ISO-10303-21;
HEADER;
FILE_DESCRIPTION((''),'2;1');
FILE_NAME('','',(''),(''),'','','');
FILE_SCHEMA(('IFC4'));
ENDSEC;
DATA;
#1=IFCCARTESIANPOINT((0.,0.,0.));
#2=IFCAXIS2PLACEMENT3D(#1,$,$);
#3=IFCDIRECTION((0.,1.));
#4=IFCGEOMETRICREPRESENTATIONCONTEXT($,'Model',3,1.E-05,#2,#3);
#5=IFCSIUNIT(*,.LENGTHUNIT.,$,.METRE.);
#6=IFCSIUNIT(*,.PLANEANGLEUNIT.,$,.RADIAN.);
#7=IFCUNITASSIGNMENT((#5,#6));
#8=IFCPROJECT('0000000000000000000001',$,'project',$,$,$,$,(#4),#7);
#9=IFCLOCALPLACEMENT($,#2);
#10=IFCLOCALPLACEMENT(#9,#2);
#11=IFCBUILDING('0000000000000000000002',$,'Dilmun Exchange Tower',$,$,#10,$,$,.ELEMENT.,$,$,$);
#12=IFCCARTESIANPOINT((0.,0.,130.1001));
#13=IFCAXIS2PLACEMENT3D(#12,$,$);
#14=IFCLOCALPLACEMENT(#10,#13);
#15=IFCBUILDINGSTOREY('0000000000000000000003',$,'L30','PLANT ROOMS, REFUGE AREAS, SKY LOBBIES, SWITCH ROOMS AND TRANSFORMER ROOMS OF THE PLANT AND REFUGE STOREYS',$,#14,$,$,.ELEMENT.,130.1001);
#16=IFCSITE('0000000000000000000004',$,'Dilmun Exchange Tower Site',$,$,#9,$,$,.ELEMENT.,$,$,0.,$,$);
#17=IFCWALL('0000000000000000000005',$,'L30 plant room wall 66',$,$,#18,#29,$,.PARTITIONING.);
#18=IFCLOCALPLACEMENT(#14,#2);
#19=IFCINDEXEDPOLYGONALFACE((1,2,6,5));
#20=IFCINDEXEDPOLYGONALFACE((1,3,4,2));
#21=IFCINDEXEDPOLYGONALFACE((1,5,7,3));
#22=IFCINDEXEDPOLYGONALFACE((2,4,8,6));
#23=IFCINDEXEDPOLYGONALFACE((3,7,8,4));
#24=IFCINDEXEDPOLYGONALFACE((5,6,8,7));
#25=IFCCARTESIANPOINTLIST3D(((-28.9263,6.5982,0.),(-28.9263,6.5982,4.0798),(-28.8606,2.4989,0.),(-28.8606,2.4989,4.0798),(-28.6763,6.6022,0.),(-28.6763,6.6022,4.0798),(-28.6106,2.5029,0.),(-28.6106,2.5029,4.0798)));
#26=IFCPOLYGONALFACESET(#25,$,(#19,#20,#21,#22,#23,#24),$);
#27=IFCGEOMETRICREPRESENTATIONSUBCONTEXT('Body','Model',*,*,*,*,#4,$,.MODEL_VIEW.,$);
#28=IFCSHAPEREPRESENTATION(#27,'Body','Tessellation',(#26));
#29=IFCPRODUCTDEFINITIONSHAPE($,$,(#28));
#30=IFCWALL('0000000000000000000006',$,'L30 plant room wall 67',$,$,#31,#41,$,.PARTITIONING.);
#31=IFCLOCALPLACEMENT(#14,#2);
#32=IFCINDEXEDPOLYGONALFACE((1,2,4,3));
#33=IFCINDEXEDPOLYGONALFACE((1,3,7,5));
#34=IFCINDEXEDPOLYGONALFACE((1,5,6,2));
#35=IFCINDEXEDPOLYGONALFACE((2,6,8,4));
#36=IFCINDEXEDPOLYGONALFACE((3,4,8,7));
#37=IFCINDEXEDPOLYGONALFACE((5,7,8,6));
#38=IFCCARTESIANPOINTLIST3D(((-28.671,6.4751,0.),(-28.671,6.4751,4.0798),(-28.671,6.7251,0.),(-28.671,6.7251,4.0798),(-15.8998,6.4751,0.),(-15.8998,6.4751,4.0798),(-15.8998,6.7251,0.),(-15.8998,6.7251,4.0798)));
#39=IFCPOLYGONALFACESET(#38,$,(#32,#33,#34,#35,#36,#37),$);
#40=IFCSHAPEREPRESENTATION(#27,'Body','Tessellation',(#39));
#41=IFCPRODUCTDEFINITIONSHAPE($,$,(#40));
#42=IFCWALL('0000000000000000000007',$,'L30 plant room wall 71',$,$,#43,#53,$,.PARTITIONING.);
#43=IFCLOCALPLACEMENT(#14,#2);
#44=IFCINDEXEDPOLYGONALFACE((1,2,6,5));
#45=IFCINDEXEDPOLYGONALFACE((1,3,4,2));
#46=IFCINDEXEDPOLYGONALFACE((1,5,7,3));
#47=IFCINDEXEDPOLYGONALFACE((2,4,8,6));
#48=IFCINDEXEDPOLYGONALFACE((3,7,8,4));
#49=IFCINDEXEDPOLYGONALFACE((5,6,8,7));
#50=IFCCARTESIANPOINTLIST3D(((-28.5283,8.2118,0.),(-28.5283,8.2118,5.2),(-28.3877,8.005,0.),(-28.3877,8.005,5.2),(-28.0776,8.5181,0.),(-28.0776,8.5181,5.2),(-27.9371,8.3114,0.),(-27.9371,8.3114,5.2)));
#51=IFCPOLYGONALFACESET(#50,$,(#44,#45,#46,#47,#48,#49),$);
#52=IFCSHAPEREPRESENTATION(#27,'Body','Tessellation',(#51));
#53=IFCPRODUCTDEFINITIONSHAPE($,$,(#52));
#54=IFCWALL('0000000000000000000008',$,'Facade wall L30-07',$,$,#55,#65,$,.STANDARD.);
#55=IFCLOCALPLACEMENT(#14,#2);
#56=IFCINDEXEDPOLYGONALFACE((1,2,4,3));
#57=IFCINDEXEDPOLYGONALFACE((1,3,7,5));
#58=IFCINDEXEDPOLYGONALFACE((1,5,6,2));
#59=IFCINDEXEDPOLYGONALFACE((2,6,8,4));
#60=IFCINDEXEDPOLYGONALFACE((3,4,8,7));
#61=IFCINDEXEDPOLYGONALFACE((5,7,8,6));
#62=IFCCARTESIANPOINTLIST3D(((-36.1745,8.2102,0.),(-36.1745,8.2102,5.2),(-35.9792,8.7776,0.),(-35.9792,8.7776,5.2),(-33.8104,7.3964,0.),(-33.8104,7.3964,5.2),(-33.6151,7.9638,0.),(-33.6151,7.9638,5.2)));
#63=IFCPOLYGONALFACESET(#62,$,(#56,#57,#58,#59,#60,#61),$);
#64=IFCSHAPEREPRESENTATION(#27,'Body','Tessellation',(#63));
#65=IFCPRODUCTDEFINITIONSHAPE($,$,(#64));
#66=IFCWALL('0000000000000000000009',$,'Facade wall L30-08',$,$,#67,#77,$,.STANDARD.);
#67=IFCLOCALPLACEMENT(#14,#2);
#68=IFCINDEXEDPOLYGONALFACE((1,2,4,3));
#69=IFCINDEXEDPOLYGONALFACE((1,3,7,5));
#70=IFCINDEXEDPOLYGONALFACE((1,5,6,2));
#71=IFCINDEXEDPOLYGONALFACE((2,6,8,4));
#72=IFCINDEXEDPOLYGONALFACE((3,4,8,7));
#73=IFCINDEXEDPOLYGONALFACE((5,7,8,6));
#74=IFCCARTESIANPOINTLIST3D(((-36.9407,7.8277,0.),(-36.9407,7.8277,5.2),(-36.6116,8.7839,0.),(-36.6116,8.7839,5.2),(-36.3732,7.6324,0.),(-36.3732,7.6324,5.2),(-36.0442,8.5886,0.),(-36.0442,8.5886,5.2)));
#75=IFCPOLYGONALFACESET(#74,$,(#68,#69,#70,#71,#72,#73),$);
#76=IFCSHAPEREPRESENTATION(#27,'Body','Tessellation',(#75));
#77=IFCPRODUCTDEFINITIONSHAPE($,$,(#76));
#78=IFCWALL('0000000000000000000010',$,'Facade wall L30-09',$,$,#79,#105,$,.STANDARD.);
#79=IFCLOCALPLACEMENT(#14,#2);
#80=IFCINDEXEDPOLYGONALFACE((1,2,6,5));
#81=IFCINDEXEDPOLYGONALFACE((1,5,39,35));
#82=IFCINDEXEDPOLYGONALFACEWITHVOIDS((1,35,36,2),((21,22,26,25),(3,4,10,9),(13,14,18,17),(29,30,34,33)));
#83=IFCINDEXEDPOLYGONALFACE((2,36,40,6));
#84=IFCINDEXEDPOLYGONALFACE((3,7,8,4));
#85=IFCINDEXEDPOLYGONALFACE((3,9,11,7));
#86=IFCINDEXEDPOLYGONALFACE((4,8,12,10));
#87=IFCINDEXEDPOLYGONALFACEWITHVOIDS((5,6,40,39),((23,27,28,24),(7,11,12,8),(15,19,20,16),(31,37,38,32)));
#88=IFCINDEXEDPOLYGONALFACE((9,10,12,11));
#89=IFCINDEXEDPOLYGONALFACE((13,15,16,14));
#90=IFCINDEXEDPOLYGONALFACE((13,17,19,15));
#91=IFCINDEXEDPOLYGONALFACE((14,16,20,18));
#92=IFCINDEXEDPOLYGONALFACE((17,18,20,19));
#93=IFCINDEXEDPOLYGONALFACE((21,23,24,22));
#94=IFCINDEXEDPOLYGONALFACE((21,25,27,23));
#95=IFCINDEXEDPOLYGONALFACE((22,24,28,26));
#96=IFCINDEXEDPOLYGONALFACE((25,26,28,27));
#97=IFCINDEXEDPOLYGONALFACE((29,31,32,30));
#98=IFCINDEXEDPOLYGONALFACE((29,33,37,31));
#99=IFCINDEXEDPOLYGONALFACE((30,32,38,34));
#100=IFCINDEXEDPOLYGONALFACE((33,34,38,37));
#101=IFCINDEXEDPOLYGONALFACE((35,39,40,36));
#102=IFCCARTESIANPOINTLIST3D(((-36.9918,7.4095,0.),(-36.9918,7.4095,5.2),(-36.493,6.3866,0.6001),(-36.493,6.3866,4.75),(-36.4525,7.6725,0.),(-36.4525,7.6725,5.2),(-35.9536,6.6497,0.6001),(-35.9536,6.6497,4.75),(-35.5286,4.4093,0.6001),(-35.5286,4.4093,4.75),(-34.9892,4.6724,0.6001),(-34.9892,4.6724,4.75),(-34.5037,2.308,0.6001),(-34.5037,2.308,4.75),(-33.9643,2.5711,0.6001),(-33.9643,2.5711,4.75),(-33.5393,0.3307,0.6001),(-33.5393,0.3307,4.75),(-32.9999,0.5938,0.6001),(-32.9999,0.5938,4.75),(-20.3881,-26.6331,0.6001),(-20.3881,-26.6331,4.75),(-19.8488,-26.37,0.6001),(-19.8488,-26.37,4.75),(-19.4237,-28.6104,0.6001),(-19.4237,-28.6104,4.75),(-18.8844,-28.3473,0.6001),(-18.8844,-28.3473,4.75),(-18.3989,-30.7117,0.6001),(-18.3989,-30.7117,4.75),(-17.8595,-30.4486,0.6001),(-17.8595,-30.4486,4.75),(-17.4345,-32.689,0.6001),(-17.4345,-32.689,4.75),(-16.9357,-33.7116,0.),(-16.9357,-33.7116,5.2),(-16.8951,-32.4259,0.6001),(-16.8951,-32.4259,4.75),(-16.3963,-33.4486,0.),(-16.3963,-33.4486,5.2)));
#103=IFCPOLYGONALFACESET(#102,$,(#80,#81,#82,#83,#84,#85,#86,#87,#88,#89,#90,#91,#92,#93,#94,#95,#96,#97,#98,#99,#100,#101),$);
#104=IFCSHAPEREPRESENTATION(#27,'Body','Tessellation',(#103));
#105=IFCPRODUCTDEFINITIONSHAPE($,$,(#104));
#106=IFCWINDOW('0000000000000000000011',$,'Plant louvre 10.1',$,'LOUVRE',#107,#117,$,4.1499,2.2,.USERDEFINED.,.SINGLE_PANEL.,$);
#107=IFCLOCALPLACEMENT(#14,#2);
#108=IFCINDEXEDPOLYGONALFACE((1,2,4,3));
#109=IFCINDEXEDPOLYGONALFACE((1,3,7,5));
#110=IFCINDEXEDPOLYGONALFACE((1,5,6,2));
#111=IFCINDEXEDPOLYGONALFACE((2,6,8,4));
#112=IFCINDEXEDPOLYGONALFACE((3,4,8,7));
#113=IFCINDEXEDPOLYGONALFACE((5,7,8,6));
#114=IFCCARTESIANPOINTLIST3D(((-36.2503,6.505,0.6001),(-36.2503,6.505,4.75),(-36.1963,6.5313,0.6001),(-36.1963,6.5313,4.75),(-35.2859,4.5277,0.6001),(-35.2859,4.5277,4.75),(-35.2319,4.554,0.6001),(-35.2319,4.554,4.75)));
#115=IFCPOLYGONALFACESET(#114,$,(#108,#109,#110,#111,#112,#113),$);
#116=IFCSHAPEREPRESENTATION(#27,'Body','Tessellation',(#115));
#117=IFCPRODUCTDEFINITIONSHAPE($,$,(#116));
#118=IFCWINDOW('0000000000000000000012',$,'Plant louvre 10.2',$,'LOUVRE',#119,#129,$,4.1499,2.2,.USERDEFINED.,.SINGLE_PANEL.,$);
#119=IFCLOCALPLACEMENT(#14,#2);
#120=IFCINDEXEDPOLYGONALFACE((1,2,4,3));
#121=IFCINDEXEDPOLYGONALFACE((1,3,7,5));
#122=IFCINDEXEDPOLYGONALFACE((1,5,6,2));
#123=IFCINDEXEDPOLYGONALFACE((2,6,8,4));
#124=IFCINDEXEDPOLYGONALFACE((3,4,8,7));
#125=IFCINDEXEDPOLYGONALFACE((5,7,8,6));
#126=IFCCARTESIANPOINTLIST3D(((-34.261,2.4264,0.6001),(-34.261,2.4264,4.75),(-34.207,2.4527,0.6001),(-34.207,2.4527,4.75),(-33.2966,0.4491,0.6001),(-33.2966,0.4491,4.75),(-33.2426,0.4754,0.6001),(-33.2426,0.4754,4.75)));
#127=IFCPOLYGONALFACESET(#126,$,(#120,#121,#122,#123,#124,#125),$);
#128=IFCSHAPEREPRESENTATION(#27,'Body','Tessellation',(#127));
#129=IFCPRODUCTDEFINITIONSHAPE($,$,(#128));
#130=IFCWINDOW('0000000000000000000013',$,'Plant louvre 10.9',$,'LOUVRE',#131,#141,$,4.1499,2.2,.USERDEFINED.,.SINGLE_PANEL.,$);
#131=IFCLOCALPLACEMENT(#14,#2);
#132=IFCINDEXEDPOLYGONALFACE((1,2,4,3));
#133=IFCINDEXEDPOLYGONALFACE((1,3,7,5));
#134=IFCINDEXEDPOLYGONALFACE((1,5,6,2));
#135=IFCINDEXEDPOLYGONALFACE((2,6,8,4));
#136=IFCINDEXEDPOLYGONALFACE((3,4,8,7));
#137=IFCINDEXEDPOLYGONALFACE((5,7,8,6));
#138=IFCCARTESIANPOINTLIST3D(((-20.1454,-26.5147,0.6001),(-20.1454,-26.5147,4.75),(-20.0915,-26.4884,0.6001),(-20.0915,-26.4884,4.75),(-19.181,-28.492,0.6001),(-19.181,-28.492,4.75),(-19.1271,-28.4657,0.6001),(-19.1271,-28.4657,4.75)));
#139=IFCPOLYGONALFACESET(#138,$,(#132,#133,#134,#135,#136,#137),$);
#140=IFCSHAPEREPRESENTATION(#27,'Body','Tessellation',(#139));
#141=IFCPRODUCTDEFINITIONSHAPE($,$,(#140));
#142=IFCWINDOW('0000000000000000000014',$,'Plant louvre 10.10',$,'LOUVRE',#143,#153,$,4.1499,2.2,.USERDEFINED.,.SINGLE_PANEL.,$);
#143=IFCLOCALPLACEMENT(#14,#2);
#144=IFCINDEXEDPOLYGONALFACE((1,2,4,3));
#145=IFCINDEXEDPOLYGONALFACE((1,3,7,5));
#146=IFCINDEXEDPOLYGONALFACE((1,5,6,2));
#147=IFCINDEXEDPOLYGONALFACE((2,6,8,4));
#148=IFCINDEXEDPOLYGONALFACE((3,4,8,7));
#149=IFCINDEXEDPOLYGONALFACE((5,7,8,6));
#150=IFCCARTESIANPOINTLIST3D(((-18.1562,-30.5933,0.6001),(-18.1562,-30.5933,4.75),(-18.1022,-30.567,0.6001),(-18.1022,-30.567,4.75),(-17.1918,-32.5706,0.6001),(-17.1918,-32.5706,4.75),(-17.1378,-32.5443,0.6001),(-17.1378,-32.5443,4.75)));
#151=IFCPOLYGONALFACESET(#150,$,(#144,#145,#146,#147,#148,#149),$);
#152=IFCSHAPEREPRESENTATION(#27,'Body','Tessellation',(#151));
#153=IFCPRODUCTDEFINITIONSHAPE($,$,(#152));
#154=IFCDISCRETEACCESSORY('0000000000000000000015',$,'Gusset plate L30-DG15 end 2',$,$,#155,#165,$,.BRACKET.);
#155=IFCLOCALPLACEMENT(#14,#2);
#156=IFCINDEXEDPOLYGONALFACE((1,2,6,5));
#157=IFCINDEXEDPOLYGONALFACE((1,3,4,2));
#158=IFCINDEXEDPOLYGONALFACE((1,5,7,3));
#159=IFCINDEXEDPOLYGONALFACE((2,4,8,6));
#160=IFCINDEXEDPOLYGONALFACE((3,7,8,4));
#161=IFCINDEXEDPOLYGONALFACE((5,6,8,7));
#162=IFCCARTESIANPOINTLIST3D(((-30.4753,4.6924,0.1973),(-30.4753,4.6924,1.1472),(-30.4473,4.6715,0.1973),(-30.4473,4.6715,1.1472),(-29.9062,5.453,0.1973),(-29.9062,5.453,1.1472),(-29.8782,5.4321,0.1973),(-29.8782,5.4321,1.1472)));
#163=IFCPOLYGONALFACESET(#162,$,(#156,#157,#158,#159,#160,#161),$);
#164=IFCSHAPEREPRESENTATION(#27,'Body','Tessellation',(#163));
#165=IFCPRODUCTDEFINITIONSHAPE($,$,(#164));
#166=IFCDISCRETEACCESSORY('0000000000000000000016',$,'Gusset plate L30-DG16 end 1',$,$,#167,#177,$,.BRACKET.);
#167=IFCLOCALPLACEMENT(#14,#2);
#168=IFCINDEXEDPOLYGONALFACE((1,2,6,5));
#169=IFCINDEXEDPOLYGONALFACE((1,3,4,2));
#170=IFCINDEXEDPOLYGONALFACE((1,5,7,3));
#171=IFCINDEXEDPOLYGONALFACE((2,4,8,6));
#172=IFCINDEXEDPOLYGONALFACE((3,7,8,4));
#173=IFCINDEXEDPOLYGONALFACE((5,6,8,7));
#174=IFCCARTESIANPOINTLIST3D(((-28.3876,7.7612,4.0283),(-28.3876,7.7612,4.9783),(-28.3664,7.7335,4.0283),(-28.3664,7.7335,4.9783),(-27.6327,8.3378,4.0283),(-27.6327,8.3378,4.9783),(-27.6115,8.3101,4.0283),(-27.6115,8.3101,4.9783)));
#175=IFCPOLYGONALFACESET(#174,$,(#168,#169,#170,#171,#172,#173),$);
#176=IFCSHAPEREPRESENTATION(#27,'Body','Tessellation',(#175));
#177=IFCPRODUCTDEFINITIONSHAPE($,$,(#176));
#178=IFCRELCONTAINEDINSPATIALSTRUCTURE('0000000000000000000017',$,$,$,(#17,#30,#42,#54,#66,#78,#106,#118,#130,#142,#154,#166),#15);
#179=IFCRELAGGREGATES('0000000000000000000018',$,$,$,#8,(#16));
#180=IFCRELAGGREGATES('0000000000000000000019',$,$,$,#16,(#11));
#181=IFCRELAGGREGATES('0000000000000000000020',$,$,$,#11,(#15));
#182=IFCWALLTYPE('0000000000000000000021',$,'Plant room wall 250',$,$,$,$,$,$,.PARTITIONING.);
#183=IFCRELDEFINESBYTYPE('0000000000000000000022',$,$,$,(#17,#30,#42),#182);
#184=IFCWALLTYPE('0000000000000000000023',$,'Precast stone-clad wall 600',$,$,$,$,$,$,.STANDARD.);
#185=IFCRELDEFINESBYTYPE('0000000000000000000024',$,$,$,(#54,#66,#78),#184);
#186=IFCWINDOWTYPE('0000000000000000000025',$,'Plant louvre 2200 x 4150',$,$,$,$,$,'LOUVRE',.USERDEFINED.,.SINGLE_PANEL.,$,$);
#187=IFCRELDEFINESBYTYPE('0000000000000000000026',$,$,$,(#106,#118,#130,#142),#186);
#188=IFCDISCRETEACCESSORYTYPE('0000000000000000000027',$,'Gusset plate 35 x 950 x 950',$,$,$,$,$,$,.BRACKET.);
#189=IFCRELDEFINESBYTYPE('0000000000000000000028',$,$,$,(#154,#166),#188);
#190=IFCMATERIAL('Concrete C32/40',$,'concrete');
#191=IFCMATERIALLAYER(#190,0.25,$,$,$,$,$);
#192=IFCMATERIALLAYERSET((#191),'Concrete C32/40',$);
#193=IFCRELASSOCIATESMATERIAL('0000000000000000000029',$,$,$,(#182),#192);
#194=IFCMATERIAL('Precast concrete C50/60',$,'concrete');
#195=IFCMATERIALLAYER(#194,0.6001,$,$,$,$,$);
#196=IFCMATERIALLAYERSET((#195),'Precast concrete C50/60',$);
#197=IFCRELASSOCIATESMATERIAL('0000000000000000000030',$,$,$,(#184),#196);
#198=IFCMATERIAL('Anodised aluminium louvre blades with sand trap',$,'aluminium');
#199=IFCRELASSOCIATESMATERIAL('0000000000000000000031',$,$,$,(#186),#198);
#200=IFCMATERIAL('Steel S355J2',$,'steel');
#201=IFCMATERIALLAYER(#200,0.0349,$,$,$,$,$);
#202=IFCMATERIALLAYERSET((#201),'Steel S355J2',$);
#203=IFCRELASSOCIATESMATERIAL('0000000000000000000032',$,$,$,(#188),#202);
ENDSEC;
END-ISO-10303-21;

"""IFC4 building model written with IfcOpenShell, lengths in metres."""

from ifc_helpers import new_model, si_unit, direction, frame, frame_2d, origin, origin_2d, place, context, subcontext, project, spatial, rectangle, extrude, material, layer, layer_set, type_object, element, fill, save


model = new_model("IFC4")

# Units and contexts
model_context = context("Model", 3, precision=1e-05, world=origin(), true_north=direction((0.0, 1.0)))
body_context = subcontext(model_context, "Body", "Model", "MODEL_VIEW")
ifc_project = project(units=[si_unit("LENGTHUNIT", "METRE"), si_unit("PLANEANGLEUNIT", "RADIAN")], contexts=[model_context])

# Site, building, storey
site_placement = place(None, origin())
site = spatial("IfcSite", under=ifc_project, at=site_placement, Name="Dilmun Exchange Tower Site", CompositionType="ELEMENT", RefElevation=0.0)
building_placement = place(site_placement, origin())
building = spatial("IfcBuilding", under=site, at=building_placement, Name="Dilmun Exchange Tower", CompositionType="ELEMENT")
storey_placement = place(building_placement, frame((0.0, 0.0, 130.1001)))
storey = spatial("IfcBuildingStorey", under=building, at=storey_placement, Name="L30", Description="PLANT ROOMS, REFUGE AREAS, SKY LOBBIES, SWITCH ROOMS AND TRANSFORMER ROOMS OF THE PLANT AND REFUGE STOREYS", CompositionType="ELEMENT", Elevation=130.1001)

# Walls
ifc_material_1 = material(Name="Concrete C32/40", Category="concrete")
ifc_layer_1 = layer(ifc_material_1, 0.25)
ifc_layer_set_1 = layer_set([ifc_layer_1], Name="Concrete C32/40")
wall_type_1 = type_object("IfcWallType", Name="Plant room wall 250", PredefinedType="PARTITIONING", material=ifc_layer_set_1)
wall_1_placement = place(storey_placement, frame((-28.8013, 6.6001, 0.0), z_axis=(0.0, 0.0, 1.0), x_axis=(0.016018, -0.999872, 0.0)))
element("IfcWall", 1, at=wall_1_placement, inside=storey, type_object=wall_type_1, Name="L30 plant room wall 66", PredefinedType="PARTITIONING", context=body_context, shape_type="SweptSolid", body=[
    extrude(rectangle(XDim=4.0999, YDim=0.25, at=frame_2d((2.0498, 0.0))), origin(), (0.0, 0.0, 1.0), 4.0798),
])
wall_2_placement = place(storey_placement, frame((-28.6711, 6.6001, 0.0), z_axis=(0.0, 0.0, 1.0), x_axis=(1.0, 0.0, 0.0)))
element("IfcWall", 2, at=wall_2_placement, inside=storey, type_object=wall_type_1, Name="L30 plant room wall 67", PredefinedType="PARTITIONING", context=body_context, shape_type="SweptSolid", body=[
    extrude(rectangle(XDim=12.7712, YDim=0.25, at=frame_2d((6.3857, 0.0))), origin(), (0.0, 0.0, 1.0), 4.0798),
])
wall_3_placement = place(storey_placement, frame((-28.458, 8.1084, 0.0), z_axis=(0.0, 0.0, 1.0), x_axis=(0.826985, 0.562224, 0.0)))
element("IfcWall", 3, at=wall_3_placement, inside=storey, type_object=wall_type_1, Name="L30 plant room wall 71", PredefinedType="PARTITIONING", context=body_context, shape_type="SweptSolid", body=[
    extrude(rectangle(XDim=0.5449, YDim=0.25, at=frame_2d((0.2725, 0.0))), origin(), (0.0, 0.0, 1.0), 5.2),
])
ifc_material_2 = material(Name="Precast concrete C50/60", Category="concrete")
ifc_layer_2 = layer(ifc_material_2, 0.6001)
ifc_layer_set_2 = layer_set([ifc_layer_2], Name="Precast concrete C50/60")
wall_type_2 = type_object("IfcWallType", Name="Precast stone-clad wall 600", PredefinedType="STANDARD", material=ifc_layer_set_2)
wall_4_placement = place(storey_placement, frame((-33.7129, 7.6802, 0.0), z_axis=(0.0, 0.0, 1.0), x_axis=(-0.945552, 0.32547, 0.0)))
element("IfcWall", 4, at=wall_4_placement, inside=storey, type_object=wall_type_2, Name="Facade wall L30-07", PredefinedType="STANDARD", context=body_context, shape_type="SweptSolid", body=[
    extrude(rectangle(XDim=2.5002, YDim=0.6001, at=frame_2d((1.25, 0.0))), origin(), (0.0, 0.0, 1.0), 5.2),
])
wall_5_placement = place(storey_placement, frame((-36.3279, 8.6863, 0.0), z_axis=(0.0, 0.0, 1.0), x_axis=(-0.32541, -0.945573, 0.0)))
element("IfcWall", 5, at=wall_5_placement, inside=storey, type_object=wall_type_2, Name="Facade wall L30-08", PredefinedType="STANDARD", context=body_context, shape_type="SweptSolid", body=[
    extrude(rectangle(XDim=1.0112, YDim=0.6001, at=frame_2d((0.5056, 0.0))), origin(), (0.0, 0.0, 1.0), 5.2),
])

# Wall, openings, windows
wall_6_placement = place(storey_placement, frame((-36.7222, 7.541, 0.0), z_axis=(0.0, 0.0, 1.0), x_axis=(0.438372, -0.898794, 0.0)))
wall_6 = element("IfcWall", 6, at=wall_6_placement, inside=storey, type_object=wall_type_2, Name="Facade wall L30-09", PredefinedType="STANDARD", context=body_context, shape_type="SweptSolid", body=[
    extrude(rectangle(XDim=45.7515, YDim=0.6001, at=frame_2d((22.8757, 0.0))), origin(), (0.0, 0.0, 1.0), 5.2),
])
opening_1_placement = place(wall_6_placement, frame((1.1379, 0.0, 0.6001)))
opening_1 = element("IfcOpeningElement", 7, at=opening_1_placement, cuts=wall_6, PredefinedType="OPENING", context=body_context, shape_type="SweptSolid", body=[
    extrude(rectangle(XDim=2.2, YDim=4.1499, at=frame_2d((1.1001, 2.075))), frame((0.0, 0.3101, 0.0), z_axis=(0.0, -1.0, 0.0), x_axis=(1.0, 0.0, 0.0)), (0.0, 0.0, 1.0), 0.6201),
])
opening_2_placement = place(wall_6_placement, frame((5.6758, 0.0, 0.6001)))
opening_2 = element("IfcOpeningElement", 8, at=opening_2_placement, cuts=wall_6, PredefinedType="OPENING", context=body_context, shape_type="SweptSolid", body=[
    extrude(rectangle(XDim=2.2, YDim=4.1499, at=frame_2d((1.1001, 2.075))), frame((0.0, 0.3101, 0.0), z_axis=(0.0, -1.0, 0.0), x_axis=(1.0, 0.0, 0.0)), (0.0, 0.0, 1.0), 0.6201),
])
opening_3_placement = place(wall_6_placement, frame((37.8757, 0.0, 0.6001)))
opening_3 = element("IfcOpeningElement", 9, at=opening_3_placement, cuts=wall_6, PredefinedType="OPENING", context=body_context, shape_type="SweptSolid", body=[
    extrude(rectangle(XDim=2.2, YDim=4.1499, at=frame_2d((1.1001, 2.075))), frame((0.0, 0.3101, 0.0), z_axis=(0.0, -1.0, 0.0), x_axis=(1.0, 0.0, 0.0)), (0.0, 0.0, 1.0), 0.6201),
])
opening_4_placement = place(wall_6_placement, frame((42.4136, 0.0, 0.6001)))
opening_4 = element("IfcOpeningElement", 10, at=opening_4_placement, cuts=wall_6, PredefinedType="OPENING", context=body_context, shape_type="SweptSolid", body=[
    extrude(rectangle(XDim=2.2, YDim=4.1499, at=frame_2d((1.1001, 2.075))), frame((0.0, 0.3101, 0.0), z_axis=(0.0, -1.0, 0.0), x_axis=(1.0, 0.0, 0.0)), (0.0, 0.0, 1.0), 0.6201),
])
ifc_material_3 = material(Name="Anodised aluminium louvre blades with sand trap", Category="aluminium")
window_type = type_object("IfcWindowType", Name="Plant louvre 2200 x 4150", ElementType="LOUVRE", PartitioningType="SINGLE_PANEL", PredefinedType="USERDEFINED", material=ifc_material_3)
window_1_placement = place(opening_1_placement, origin())
window_1 = element("IfcWindow", 11, at=window_1_placement, inside=storey, type_object=window_type, Name="Plant louvre 10.1", ObjectType="LOUVRE", OverallHeight=4.1499, OverallWidth=2.2, PartitioningType="SINGLE_PANEL", PredefinedType="USERDEFINED", context=body_context, shape_type="SweptSolid", body=[
    extrude(rectangle(XDim=2.2, YDim=4.1499, at=frame_2d((1.1001, 2.075))), frame((0.0, 0.03, 0.0), z_axis=(0.0, -1.0, 0.0), x_axis=(1.0, 0.0, 0.0)), (0.0, 0.0, 1.0), 0.0601),
])
fill(opening_1, window_1)
window_2_placement = place(opening_2_placement, origin())
window_2 = element("IfcWindow", 12, at=window_2_placement, inside=storey, type_object=window_type, Name="Plant louvre 10.2", ObjectType="LOUVRE", OverallHeight=4.1499, OverallWidth=2.2, PartitioningType="SINGLE_PANEL", PredefinedType="USERDEFINED", context=body_context, shape_type="SweptSolid", body=[
    extrude(rectangle(XDim=2.2, YDim=4.1499, at=frame_2d((1.1001, 2.075))), frame((0.0, 0.03, 0.0), z_axis=(0.0, -1.0, 0.0), x_axis=(1.0, 0.0, 0.0)), (0.0, 0.0, 1.0), 0.0601),
])
fill(opening_2, window_2)
window_3_placement = place(opening_3_placement, origin())
window_3 = element("IfcWindow", 13, at=window_3_placement, inside=storey, type_object=window_type, Name="Plant louvre 10.9", ObjectType="LOUVRE", OverallHeight=4.1499, OverallWidth=2.2, PartitioningType="SINGLE_PANEL", PredefinedType="USERDEFINED", context=body_context, shape_type="SweptSolid", body=[
    extrude(rectangle(XDim=2.2, YDim=4.1499, at=frame_2d((1.1001, 2.075))), frame((0.0, 0.03, 0.0), z_axis=(0.0, -1.0, 0.0), x_axis=(1.0, 0.0, 0.0)), (0.0, 0.0, 1.0), 0.0601),
])
fill(opening_3, window_3)
window_4_placement = place(opening_4_placement, origin())
window_4 = element("IfcWindow", 14, at=window_4_placement, inside=storey, type_object=window_type, Name="Plant louvre 10.10", ObjectType="LOUVRE", OverallHeight=4.1499, OverallWidth=2.2, PartitioningType="SINGLE_PANEL", PredefinedType="USERDEFINED", context=body_context, shape_type="SweptSolid", body=[
    extrude(rectangle(XDim=2.2, YDim=4.1499, at=frame_2d((1.1001, 2.075))), frame((0.0, 0.03, 0.0), z_axis=(0.0, -1.0, 0.0), x_axis=(1.0, 0.0, 0.0)), (0.0, 0.0, 1.0), 0.0601),
])
fill(opening_4, window_4)

# Discrete accessories
ifc_material_4 = material(Name="Steel S355J2", Category="steel")
ifc_layer_3 = layer(ifc_material_4, 0.0349)
ifc_layer_set_3 = layer_set([ifc_layer_3], Name="Steel S355J2")
discrete_accessory_type = type_object("IfcDiscreteAccessoryType", Name="Gusset plate 35 x 950 x 950", PredefinedType="BRACKET", material=ifc_layer_set_3)
for number, where, z_axis, x_axis, name in (
    (15, (-30.1768, 5.0623, 0.1973), (0.0, 0.0, 1.0), (-0.599064, -0.800701, 0.0), "Gusset plate L30-DG15 end 2"),
    (16, (-27.9995, 8.0356, 4.0283), (0.0, 0.0, 1.0), (-0.794688, -0.607018, 0.0), "Gusset plate L30-DG16 end 1"),
):
    element("IfcDiscreteAccessory", number, at=place(storey_placement, frame(where, z_axis=z_axis, x_axis=x_axis)), inside=storey, type_object=discrete_accessory_type, Name=name, PredefinedType="BRACKET", context=body_context, shape_type="SweptSolid", body=[
        extrude(rectangle(XDim=0.95, YDim=0.0349, at=origin_2d()), origin(), (0.0, 0.0, 1.0), 0.95),
    ])

save(model, "model.ifc")
